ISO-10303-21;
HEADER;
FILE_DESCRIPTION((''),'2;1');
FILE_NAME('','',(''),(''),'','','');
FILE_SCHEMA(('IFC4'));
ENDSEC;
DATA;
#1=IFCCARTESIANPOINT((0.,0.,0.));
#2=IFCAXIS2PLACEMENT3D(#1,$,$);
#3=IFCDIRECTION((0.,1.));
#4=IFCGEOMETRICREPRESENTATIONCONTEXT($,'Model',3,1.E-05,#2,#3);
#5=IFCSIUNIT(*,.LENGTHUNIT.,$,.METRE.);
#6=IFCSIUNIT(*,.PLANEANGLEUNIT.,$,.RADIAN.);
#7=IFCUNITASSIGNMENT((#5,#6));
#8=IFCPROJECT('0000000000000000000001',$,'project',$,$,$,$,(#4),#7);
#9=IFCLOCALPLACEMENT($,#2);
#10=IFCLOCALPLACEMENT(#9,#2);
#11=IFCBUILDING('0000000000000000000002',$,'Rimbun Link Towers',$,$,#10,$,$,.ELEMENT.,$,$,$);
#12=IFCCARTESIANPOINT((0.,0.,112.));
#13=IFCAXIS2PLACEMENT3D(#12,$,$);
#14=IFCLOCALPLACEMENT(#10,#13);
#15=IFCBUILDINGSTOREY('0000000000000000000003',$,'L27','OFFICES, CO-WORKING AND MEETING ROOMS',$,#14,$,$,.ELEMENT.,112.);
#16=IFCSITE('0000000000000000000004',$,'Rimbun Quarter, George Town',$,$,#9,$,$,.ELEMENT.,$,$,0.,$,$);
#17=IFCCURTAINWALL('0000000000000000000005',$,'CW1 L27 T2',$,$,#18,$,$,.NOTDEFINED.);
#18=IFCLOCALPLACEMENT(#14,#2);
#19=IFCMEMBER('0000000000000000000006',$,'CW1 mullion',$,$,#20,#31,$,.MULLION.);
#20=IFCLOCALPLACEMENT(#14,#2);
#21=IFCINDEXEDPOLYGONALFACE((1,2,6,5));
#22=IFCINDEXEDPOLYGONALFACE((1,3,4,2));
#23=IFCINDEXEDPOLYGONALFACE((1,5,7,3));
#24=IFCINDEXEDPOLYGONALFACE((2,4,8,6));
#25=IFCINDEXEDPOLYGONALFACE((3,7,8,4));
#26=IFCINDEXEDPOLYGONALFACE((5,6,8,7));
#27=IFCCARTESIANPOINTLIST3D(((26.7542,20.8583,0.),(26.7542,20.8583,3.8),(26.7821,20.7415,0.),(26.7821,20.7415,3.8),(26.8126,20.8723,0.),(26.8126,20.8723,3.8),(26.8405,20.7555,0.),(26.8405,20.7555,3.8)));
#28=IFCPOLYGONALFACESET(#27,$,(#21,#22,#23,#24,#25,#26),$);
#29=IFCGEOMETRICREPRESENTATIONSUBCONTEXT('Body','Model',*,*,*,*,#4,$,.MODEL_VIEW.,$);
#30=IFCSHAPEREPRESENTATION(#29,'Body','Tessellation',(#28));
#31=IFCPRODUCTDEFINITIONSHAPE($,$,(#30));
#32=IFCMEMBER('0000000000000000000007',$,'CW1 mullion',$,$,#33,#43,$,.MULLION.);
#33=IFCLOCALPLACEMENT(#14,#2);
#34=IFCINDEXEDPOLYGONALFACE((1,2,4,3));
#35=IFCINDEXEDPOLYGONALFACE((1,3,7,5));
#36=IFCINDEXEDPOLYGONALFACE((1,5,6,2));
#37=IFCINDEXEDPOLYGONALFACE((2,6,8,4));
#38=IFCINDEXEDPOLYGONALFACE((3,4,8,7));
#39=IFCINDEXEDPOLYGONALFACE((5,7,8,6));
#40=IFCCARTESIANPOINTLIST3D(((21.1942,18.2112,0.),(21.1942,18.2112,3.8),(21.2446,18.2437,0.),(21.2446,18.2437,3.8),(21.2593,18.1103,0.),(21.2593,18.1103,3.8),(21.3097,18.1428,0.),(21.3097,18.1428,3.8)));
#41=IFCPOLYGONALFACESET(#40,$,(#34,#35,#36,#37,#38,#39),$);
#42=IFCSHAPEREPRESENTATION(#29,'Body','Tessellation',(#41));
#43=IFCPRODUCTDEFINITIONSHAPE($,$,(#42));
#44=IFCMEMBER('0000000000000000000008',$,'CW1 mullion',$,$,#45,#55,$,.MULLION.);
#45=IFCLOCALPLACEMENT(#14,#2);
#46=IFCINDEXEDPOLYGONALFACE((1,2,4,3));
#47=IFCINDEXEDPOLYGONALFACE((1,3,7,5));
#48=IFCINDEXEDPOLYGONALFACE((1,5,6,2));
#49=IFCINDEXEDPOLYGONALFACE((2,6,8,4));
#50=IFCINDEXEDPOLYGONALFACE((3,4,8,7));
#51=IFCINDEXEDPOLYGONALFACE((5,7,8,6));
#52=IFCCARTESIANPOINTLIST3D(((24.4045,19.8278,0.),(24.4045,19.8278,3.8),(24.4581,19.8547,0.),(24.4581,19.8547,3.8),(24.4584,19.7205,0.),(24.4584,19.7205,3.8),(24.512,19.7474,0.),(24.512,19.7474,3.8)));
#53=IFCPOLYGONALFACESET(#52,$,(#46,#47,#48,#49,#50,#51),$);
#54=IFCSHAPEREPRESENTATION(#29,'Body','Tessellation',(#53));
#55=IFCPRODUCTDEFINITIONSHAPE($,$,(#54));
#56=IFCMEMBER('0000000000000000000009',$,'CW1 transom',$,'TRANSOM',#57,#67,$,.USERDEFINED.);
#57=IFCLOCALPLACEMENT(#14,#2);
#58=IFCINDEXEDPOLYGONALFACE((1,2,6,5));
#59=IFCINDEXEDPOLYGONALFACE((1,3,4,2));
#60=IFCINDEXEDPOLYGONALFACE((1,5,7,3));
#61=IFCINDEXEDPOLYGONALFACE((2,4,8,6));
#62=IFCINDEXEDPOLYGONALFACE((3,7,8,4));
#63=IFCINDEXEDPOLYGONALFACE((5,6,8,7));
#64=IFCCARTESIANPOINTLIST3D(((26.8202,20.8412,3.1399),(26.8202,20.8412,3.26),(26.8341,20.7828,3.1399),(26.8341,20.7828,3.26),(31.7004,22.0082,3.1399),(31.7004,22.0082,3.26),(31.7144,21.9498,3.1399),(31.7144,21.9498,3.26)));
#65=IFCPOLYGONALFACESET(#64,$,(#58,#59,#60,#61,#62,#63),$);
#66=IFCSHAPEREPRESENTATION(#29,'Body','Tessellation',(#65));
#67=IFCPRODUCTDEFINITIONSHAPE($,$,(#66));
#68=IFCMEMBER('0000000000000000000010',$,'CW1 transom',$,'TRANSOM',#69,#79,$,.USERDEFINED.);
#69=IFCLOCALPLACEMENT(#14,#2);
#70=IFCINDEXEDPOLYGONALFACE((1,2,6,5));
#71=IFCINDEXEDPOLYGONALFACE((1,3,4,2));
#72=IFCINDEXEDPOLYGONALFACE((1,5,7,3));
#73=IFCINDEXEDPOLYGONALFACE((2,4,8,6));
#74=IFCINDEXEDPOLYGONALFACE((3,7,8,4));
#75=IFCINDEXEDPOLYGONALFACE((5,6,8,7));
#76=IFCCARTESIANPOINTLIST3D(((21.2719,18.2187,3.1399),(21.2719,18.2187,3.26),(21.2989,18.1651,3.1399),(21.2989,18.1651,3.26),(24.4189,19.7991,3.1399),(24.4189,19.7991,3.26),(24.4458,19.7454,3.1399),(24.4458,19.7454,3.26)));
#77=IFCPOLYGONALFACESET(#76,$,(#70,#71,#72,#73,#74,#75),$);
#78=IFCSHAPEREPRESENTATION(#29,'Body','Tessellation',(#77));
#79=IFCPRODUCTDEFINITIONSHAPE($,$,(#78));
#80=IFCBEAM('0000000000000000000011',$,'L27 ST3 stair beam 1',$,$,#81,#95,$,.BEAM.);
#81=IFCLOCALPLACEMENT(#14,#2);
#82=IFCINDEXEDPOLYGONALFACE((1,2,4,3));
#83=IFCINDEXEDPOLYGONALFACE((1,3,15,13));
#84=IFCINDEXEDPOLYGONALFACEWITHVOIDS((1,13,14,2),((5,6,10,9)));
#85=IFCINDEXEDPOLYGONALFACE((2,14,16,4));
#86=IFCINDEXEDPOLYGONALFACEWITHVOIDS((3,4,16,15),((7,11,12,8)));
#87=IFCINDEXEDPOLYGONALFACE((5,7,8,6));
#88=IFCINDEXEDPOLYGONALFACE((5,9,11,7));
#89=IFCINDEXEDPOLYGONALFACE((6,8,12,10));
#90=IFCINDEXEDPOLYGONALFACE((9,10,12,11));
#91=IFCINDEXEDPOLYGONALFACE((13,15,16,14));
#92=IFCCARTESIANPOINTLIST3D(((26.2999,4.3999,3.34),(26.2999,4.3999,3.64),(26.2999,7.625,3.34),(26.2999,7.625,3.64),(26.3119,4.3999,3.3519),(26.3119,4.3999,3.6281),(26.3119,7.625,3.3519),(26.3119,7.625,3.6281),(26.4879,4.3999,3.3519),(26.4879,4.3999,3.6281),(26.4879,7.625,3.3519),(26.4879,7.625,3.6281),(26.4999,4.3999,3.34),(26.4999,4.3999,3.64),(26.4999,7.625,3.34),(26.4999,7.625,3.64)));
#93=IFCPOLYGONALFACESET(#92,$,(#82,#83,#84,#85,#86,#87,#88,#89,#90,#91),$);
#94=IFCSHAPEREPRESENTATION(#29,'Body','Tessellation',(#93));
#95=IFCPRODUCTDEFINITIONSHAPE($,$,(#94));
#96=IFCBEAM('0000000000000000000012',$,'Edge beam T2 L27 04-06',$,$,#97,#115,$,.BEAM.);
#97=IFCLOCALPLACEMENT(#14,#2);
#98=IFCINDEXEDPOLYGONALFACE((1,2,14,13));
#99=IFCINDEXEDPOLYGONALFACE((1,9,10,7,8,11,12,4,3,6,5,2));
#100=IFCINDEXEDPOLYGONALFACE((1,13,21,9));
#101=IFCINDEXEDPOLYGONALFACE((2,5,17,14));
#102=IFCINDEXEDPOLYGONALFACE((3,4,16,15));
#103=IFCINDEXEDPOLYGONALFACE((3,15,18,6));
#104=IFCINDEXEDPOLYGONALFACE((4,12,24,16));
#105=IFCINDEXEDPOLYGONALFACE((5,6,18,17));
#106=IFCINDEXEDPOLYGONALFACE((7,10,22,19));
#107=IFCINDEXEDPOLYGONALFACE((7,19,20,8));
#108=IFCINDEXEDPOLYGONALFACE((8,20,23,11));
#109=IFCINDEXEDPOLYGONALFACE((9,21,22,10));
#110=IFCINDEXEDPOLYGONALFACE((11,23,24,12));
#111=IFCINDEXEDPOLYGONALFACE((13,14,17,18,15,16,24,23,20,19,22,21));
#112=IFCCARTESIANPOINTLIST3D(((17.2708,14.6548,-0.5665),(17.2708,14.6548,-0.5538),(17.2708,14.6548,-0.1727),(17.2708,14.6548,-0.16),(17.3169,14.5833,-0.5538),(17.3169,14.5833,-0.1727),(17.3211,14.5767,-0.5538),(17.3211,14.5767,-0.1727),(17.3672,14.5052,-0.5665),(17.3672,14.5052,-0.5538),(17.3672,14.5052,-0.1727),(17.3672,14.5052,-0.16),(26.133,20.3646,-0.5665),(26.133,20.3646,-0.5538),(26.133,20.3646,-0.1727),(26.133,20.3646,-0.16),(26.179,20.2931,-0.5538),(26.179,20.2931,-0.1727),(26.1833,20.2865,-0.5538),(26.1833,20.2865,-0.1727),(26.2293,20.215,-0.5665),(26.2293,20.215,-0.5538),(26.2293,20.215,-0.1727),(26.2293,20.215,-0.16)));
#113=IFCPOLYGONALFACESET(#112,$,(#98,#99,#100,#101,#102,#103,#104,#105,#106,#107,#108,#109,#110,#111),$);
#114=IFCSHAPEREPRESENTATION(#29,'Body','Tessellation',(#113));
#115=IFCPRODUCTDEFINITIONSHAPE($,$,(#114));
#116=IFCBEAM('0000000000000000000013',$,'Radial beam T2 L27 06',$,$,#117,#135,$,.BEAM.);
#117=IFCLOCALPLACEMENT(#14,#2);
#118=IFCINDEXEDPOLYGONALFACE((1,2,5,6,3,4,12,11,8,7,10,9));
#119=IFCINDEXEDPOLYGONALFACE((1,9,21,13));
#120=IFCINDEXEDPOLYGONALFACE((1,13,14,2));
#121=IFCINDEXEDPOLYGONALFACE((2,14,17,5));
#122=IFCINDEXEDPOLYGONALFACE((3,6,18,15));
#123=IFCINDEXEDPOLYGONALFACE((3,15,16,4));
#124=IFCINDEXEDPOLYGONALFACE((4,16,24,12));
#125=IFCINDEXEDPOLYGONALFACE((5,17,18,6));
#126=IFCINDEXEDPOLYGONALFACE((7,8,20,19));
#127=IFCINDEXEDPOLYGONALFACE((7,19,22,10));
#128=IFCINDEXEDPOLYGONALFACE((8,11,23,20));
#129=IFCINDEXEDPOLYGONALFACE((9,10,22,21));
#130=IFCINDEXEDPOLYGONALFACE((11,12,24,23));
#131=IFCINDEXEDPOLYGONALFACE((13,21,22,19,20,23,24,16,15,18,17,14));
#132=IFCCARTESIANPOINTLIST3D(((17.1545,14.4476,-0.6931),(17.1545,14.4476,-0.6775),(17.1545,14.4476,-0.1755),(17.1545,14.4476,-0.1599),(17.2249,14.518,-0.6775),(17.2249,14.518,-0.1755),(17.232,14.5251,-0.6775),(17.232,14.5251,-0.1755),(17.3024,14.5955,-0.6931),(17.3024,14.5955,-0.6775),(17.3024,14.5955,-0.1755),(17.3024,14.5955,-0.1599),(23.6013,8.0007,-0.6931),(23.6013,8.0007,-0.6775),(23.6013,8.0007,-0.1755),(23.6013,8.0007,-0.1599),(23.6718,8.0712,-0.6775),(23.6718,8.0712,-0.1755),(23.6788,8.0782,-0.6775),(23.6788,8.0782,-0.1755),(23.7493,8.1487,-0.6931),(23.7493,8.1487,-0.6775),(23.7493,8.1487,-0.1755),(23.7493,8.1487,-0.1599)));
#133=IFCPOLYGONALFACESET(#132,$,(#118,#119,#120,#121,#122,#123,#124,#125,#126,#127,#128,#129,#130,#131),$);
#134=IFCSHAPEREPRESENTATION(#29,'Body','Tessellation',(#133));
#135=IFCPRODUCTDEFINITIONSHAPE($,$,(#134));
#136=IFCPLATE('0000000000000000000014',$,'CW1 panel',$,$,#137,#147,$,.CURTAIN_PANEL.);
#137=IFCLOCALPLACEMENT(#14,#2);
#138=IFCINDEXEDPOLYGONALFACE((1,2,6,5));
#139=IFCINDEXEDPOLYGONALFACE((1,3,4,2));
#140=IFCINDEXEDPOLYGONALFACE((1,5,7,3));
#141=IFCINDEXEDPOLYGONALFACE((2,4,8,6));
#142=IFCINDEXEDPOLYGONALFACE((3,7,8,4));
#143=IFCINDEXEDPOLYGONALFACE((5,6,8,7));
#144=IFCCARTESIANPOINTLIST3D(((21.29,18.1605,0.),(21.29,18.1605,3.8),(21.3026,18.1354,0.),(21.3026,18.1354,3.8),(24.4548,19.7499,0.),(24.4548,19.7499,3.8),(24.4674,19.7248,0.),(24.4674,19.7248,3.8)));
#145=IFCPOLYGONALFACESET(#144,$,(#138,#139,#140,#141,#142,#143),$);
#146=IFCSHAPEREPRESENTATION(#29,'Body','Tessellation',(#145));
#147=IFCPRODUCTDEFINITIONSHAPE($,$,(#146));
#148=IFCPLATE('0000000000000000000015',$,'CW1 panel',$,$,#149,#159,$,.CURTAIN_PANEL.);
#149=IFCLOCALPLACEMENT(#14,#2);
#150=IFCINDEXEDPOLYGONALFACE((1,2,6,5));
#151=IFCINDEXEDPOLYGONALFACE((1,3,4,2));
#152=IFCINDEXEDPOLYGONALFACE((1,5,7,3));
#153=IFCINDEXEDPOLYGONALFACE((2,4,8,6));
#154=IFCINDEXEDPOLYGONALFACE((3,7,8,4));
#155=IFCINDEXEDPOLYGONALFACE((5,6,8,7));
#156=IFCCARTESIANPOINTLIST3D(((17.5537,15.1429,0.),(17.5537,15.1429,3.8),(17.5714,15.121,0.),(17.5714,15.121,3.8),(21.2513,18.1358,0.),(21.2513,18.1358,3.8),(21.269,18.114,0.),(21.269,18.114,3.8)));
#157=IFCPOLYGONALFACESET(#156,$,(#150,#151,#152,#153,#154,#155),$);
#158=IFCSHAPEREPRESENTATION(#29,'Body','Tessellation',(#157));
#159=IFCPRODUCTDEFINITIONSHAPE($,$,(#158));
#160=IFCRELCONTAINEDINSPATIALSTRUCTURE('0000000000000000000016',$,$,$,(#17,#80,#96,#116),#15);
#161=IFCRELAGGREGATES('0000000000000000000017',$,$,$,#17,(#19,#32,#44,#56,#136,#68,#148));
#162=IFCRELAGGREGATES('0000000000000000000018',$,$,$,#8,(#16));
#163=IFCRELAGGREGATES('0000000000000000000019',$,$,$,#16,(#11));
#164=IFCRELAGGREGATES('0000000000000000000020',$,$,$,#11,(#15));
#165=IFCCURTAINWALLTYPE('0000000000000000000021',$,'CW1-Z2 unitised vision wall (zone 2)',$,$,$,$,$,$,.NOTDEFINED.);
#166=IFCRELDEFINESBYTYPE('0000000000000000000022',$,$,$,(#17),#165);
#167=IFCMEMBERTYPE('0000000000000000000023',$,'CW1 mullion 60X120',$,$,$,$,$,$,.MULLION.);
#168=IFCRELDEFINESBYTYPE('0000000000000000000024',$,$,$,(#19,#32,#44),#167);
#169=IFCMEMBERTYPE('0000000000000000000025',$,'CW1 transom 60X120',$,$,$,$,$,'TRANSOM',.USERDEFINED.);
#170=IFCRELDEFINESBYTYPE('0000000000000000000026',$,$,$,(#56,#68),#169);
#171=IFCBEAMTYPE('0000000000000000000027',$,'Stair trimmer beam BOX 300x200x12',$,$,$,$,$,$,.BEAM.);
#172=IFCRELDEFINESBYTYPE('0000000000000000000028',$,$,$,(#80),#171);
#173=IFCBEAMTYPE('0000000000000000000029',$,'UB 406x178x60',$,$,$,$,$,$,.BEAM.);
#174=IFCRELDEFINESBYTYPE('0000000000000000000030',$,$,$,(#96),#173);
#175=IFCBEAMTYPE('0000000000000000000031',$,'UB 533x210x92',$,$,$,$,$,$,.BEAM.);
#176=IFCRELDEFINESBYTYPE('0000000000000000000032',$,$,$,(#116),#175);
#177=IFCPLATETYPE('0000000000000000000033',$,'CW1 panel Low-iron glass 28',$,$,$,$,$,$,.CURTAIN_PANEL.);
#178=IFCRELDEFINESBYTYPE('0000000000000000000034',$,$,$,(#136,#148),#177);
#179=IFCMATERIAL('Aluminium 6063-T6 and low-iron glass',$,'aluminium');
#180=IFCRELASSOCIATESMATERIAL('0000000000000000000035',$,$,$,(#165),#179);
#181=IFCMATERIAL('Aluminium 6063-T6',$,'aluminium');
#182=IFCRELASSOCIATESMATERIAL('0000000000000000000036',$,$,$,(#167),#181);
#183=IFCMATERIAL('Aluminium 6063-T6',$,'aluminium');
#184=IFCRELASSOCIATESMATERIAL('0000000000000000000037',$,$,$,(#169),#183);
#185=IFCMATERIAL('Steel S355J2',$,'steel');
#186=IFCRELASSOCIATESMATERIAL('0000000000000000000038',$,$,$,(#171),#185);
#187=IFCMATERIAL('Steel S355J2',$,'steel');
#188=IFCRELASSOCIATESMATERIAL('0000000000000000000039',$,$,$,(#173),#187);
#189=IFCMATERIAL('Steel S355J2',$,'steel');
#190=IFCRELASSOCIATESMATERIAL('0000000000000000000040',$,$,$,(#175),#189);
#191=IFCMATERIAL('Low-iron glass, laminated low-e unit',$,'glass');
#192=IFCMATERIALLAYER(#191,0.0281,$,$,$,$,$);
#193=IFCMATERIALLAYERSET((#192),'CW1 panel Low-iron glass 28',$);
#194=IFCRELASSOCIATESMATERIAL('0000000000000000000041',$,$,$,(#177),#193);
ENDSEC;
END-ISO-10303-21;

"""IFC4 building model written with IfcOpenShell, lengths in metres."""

from ifc_helpers import new_model, si_unit, direction, frame, origin, origin_2d, place, context, subcontext, project, spatial, rectangle, hollow_rectangle, i_section, extrude, material, layer, layer_set, material_profile, profile_set, type_object, element, aggregate, save


model = new_model("IFC4")

# Units and contexts
model_context = context("Model", 3, precision=1e-05, world=origin(), true_north=direction((0.0, 1.0)))
body_context = subcontext(model_context, "Body", "Model", "MODEL_VIEW")
ifc_project = project(units=[si_unit("LENGTHUNIT", "METRE"), si_unit("PLANEANGLEUNIT", "RADIAN")], contexts=[model_context])

# Site, building, storey
site_placement = place(None, origin())
site = spatial("IfcSite", under=ifc_project, at=site_placement, Name="Rimbun Quarter, George Town", CompositionType="ELEMENT", RefElevation=0.0)
building_placement = place(site_placement, origin())
building = spatial("IfcBuilding", under=site, at=building_placement, Name="Rimbun Link Towers", CompositionType="ELEMENT")
storey_placement = place(building_placement, frame((0.0, 0.0, 112.0)))
storey = spatial("IfcBuildingStorey", under=building, at=storey_placement, Name="L27", Description="OFFICES, CO-WORKING AND MEETING ROOMS", CompositionType="ELEMENT", Elevation=112.0)

# Curtain wall, members
ifc_material_1 = material(Name="Aluminium 6063-T6 and low-iron glass", Category="aluminium")
curtain_wall_type = type_object("IfcCurtainWallType", Name="CW1-Z2 unitised vision wall (zone 2)", PredefinedType="NOTDEFINED", material=ifc_material_1)
curtain_wall_placement = place(storey_placement, origin())
curtain_wall = element("IfcCurtainWall", 1, at=curtain_wall_placement, inside=storey, type_object=curtain_wall_type, Name="CW1 L27 T2", PredefinedType="NOTDEFINED")
ifc_material_2 = material(Name="Aluminium 6063-T6", Category="aluminium")
ifc_material_profile_1 = material_profile(ifc_material_2, rectangle(XDim=0.1201, YDim=0.0601, at=origin_2d()), Name="MULLION 60X120")
ifc_profile_set_1 = profile_set([ifc_material_profile_1], Name="Aluminium 6063-T6")
member_type_1 = type_object("IfcMemberType", Name="CW1 mullion 60X120", PredefinedType="MULLION", material=ifc_profile_set_1)
member_1_placement = place(storey_placement, frame((26.7974, 20.8069, 0.0), z_axis=(0.0, 0.0, 1.0), x_axis=(-0.232586, 0.972576, 0.0)))
member_1 = element("IfcMember", 2, at=member_1_placement, type_object=member_type_1, Name="CW1 mullion", PredefinedType="MULLION", context=body_context, shape_type="SweptSolid", body=[
    extrude(rectangle(XDim=0.1201, YDim=0.0601, at=origin_2d()), origin(), (0.0, 0.0, 1.0), 3.8),
])
member_2_placement = place(storey_placement, frame((21.252, 18.177, 0.0), z_axis=(0.0, 0.0, 1.0), x_axis=(-0.542101, 0.840313, 0.0)))
member_2 = element("IfcMember", 3, at=member_2_placement, type_object=member_type_1, Name="CW1 mullion", PredefinedType="MULLION", context=body_context, shape_type="SweptSolid", body=[
    extrude(rectangle(XDim=0.1201, YDim=0.0601, at=origin_2d()), origin(), (0.0, 0.0, 1.0), 3.8),
])
member_3_placement = place(storey_placement, frame((24.4583, 19.7876, 0.0), z_axis=(0.0, 0.0, 1.0), x_axis=(-0.448789, 0.893638, 0.0)))
member_3 = element("IfcMember", 4, at=member_3_placement, type_object=member_type_1, Name="CW1 mullion", PredefinedType="MULLION", context=body_context, shape_type="SweptSolid", body=[
    extrude(rectangle(XDim=0.1201, YDim=0.0601, at=origin_2d()), origin(), (0.0, 0.0, 1.0), 3.8),
])
ifc_material_3 = material(Name="Aluminium 6063-T6", Category="aluminium")
ifc_material_profile_2 = material_profile(ifc_material_3, rectangle(XDim=0.0601, YDim=0.1201, at=origin_2d()), Name="TRANSOM 60X120")
ifc_profile_set_2 = profile_set([ifc_material_profile_2], Name="Aluminium 6063-T6")
member_type_2 = type_object("IfcMemberType", Name="CW1 transom 60X120", ElementType="TRANSOM", PredefinedType="USERDEFINED", material=ifc_profile_set_2)
member_4_placement = place(storey_placement, frame((26.8271, 20.812, 3.2), z_axis=(0.972579, 0.232574, 0.0), x_axis=(-0.232574, 0.972579, 0.0)))
member_4 = element("IfcMember", 5, at=member_4_placement, type_object=member_type_2, Name="CW1 transom", ObjectType="TRANSOM", PredefinedType="USERDEFINED", context=body_context, shape_type="SweptSolid", body=[
    extrude(rectangle(XDim=0.0601, YDim=0.1201, at=origin_2d()), origin(), (0.0, 0.0, 1.0), 5.0178),
])
member_5_placement = place(storey_placement, frame((21.2854, 18.1919, 3.2), z_axis=(0.893649, 0.448766, 0.0), x_axis=(-0.448766, 0.893649, 0.0)))
member_5 = element("IfcMember", 6, at=member_5_placement, type_object=member_type_2, Name="CW1 transom", ObjectType="TRANSOM", PredefinedType="USERDEFINED", context=body_context, shape_type="SweptSolid", body=[
    extrude(rectangle(XDim=0.0601, YDim=0.1201, at=origin_2d()), origin(), (0.0, 0.0, 1.0), 3.5215),
])

# Beams
ifc_material_4 = material(Name="Steel S355J2", Category="steel")
ifc_material_profile_3 = material_profile(ifc_material_4, hollow_rectangle(XDim=0.2, YDim=0.3, WallThickness=0.012, at=origin_2d()), Name="BOX 300x200x12")
ifc_profile_set_3 = profile_set([ifc_material_profile_3], Name="Steel S355J2")
beam_type_1 = type_object("IfcBeamType", Name="Stair trimmer beam BOX 300x200x12", PredefinedType="BEAM", material=ifc_profile_set_3)
beam_1_placement = place(storey_placement, frame((26.3999, 7.625, 3.49), z_axis=(0.0, -1.0, 0.0), x_axis=(1.0, 0.0, 0.0)))
element("IfcBeam", 7, at=beam_1_placement, inside=storey, type_object=beam_type_1, Name="L27 ST3 stair beam 1", PredefinedType="BEAM", context=body_context, shape_type="SweptSolid", body=[
    extrude(hollow_rectangle(XDim=0.2, YDim=0.3, WallThickness=0.012, at=origin_2d()), origin(), (0.0, 0.0, 1.0), 3.2251),
])
ifc_material_5 = material(Name="Steel S355J2", Category="steel")
ifc_material_profile_4 = material_profile(ifc_material_5, i_section(OverallWidth=0.178, OverallDepth=0.4065, WebThickness=0.0078, FlangeThickness=0.0127, at=origin_2d()), Name="UB 406x178x60")
ifc_profile_set_4 = profile_set([ifc_material_profile_4], Name="Steel S355J2")
beam_type_2 = type_object("IfcBeamType", Name="UB 406x178x60", PredefinedType="BEAM", material=ifc_profile_set_4)
beam_2_placement = place(storey_placement, frame((26.1812, 20.2898, -0.3633), z_axis=(-0.840631, -0.541608, 0.0), x_axis=(0.541608, -0.840631, 0.0)))
element("IfcBeam", 8, at=beam_2_placement, inside=storey, type_object=beam_type_2, Name="Edge beam T2 L27 04-06", PredefinedType="BEAM", context=body_context, shape_type="SweptSolid", body=[
    extrude(i_section(OverallWidth=0.178, OverallDepth=0.4065, WebThickness=0.0078, FlangeThickness=0.0127, at=origin_2d()), origin(), (0.0, 0.0, 1.0), 10.5422),
])
ifc_material_6 = material(Name="Steel S355J2", Category="steel")
ifc_material_profile_5 = material_profile(ifc_material_6, i_section(OverallWidth=0.2092, OverallDepth=0.5332, WebThickness=0.01, FlangeThickness=0.0156, at=origin_2d()), Name="UB 533x210x92")
ifc_profile_set_5 = profile_set([ifc_material_profile_5], Name="Steel S355J2")
beam_type_3 = type_object("IfcBeamType", Name="UB 533x210x92", PredefinedType="BEAM", material=ifc_profile_set_5)
beam_3_placement = place(storey_placement, frame((23.6753, 8.0747, -0.4265), z_axis=(-0.707107, 0.707107, 0.0), x_axis=(-0.707107, -0.707107, 0.0)))
element("IfcBeam", 9, at=beam_3_placement, inside=storey, type_object=beam_type_3, Name="Radial beam T2 L27 06", PredefinedType="BEAM", context=body_context, shape_type="SweptSolid", body=[
    extrude(i_section(OverallWidth=0.2092, OverallDepth=0.5332, WebThickness=0.01, FlangeThickness=0.0156, at=origin_2d()), origin(), (0.0, 0.0, 1.0), 9.1172),
])

# Plates
ifc_material_7 = material(Name="Low-iron glass, laminated low-e unit", Category="glass")
ifc_layer_1 = layer(ifc_material_7, 0.0281)
ifc_layer_set_1 = layer_set([ifc_layer_1], Name="CW1 panel Low-iron glass 28")
plate_type = type_object("IfcPlateType", Name="CW1 panel Low-iron glass 28", PredefinedType="CURTAIN_PANEL", material=ifc_layer_set_1)
plate_1_placement = place(storey_placement, frame((22.8787, 18.9426, 0.0), z_axis=(0.0, 0.0, 1.0), x_axis=(0.893638, 0.448789, 0.0)))
plate_1 = element("IfcPlate", 10, at=plate_1_placement, type_object=plate_type, Name="CW1 panel", PredefinedType="CURTAIN_PANEL", context=body_context, shape_type="SweptSolid", body=[
    extrude(rectangle(XDim=3.5415, YDim=0.0281, at=origin_2d()), origin(), (0.0, 0.0, 1.0), 3.8),
])
plate_2_placement = place(storey_placement, frame((19.4114, 16.6284, 0.0), z_axis=(0.0, 0.0, 1.0), x_axis=(0.777283, 0.629151, 0.0)))
plate_2 = element("IfcPlate", 11, at=plate_2_placement, type_object=plate_type, Name="CW1 panel", PredefinedType="CURTAIN_PANEL", context=body_context, shape_type="SweptSolid", body=[
    extrude(rectangle(XDim=4.7571, YDim=0.0281, at=origin_2d()), origin(), (0.0, 0.0, 1.0), 3.8),
])
aggregate(curtain_wall, [member_1, member_2, member_3, member_4, plate_1, member_5, plate_2])

save(model, "model.ifc")
